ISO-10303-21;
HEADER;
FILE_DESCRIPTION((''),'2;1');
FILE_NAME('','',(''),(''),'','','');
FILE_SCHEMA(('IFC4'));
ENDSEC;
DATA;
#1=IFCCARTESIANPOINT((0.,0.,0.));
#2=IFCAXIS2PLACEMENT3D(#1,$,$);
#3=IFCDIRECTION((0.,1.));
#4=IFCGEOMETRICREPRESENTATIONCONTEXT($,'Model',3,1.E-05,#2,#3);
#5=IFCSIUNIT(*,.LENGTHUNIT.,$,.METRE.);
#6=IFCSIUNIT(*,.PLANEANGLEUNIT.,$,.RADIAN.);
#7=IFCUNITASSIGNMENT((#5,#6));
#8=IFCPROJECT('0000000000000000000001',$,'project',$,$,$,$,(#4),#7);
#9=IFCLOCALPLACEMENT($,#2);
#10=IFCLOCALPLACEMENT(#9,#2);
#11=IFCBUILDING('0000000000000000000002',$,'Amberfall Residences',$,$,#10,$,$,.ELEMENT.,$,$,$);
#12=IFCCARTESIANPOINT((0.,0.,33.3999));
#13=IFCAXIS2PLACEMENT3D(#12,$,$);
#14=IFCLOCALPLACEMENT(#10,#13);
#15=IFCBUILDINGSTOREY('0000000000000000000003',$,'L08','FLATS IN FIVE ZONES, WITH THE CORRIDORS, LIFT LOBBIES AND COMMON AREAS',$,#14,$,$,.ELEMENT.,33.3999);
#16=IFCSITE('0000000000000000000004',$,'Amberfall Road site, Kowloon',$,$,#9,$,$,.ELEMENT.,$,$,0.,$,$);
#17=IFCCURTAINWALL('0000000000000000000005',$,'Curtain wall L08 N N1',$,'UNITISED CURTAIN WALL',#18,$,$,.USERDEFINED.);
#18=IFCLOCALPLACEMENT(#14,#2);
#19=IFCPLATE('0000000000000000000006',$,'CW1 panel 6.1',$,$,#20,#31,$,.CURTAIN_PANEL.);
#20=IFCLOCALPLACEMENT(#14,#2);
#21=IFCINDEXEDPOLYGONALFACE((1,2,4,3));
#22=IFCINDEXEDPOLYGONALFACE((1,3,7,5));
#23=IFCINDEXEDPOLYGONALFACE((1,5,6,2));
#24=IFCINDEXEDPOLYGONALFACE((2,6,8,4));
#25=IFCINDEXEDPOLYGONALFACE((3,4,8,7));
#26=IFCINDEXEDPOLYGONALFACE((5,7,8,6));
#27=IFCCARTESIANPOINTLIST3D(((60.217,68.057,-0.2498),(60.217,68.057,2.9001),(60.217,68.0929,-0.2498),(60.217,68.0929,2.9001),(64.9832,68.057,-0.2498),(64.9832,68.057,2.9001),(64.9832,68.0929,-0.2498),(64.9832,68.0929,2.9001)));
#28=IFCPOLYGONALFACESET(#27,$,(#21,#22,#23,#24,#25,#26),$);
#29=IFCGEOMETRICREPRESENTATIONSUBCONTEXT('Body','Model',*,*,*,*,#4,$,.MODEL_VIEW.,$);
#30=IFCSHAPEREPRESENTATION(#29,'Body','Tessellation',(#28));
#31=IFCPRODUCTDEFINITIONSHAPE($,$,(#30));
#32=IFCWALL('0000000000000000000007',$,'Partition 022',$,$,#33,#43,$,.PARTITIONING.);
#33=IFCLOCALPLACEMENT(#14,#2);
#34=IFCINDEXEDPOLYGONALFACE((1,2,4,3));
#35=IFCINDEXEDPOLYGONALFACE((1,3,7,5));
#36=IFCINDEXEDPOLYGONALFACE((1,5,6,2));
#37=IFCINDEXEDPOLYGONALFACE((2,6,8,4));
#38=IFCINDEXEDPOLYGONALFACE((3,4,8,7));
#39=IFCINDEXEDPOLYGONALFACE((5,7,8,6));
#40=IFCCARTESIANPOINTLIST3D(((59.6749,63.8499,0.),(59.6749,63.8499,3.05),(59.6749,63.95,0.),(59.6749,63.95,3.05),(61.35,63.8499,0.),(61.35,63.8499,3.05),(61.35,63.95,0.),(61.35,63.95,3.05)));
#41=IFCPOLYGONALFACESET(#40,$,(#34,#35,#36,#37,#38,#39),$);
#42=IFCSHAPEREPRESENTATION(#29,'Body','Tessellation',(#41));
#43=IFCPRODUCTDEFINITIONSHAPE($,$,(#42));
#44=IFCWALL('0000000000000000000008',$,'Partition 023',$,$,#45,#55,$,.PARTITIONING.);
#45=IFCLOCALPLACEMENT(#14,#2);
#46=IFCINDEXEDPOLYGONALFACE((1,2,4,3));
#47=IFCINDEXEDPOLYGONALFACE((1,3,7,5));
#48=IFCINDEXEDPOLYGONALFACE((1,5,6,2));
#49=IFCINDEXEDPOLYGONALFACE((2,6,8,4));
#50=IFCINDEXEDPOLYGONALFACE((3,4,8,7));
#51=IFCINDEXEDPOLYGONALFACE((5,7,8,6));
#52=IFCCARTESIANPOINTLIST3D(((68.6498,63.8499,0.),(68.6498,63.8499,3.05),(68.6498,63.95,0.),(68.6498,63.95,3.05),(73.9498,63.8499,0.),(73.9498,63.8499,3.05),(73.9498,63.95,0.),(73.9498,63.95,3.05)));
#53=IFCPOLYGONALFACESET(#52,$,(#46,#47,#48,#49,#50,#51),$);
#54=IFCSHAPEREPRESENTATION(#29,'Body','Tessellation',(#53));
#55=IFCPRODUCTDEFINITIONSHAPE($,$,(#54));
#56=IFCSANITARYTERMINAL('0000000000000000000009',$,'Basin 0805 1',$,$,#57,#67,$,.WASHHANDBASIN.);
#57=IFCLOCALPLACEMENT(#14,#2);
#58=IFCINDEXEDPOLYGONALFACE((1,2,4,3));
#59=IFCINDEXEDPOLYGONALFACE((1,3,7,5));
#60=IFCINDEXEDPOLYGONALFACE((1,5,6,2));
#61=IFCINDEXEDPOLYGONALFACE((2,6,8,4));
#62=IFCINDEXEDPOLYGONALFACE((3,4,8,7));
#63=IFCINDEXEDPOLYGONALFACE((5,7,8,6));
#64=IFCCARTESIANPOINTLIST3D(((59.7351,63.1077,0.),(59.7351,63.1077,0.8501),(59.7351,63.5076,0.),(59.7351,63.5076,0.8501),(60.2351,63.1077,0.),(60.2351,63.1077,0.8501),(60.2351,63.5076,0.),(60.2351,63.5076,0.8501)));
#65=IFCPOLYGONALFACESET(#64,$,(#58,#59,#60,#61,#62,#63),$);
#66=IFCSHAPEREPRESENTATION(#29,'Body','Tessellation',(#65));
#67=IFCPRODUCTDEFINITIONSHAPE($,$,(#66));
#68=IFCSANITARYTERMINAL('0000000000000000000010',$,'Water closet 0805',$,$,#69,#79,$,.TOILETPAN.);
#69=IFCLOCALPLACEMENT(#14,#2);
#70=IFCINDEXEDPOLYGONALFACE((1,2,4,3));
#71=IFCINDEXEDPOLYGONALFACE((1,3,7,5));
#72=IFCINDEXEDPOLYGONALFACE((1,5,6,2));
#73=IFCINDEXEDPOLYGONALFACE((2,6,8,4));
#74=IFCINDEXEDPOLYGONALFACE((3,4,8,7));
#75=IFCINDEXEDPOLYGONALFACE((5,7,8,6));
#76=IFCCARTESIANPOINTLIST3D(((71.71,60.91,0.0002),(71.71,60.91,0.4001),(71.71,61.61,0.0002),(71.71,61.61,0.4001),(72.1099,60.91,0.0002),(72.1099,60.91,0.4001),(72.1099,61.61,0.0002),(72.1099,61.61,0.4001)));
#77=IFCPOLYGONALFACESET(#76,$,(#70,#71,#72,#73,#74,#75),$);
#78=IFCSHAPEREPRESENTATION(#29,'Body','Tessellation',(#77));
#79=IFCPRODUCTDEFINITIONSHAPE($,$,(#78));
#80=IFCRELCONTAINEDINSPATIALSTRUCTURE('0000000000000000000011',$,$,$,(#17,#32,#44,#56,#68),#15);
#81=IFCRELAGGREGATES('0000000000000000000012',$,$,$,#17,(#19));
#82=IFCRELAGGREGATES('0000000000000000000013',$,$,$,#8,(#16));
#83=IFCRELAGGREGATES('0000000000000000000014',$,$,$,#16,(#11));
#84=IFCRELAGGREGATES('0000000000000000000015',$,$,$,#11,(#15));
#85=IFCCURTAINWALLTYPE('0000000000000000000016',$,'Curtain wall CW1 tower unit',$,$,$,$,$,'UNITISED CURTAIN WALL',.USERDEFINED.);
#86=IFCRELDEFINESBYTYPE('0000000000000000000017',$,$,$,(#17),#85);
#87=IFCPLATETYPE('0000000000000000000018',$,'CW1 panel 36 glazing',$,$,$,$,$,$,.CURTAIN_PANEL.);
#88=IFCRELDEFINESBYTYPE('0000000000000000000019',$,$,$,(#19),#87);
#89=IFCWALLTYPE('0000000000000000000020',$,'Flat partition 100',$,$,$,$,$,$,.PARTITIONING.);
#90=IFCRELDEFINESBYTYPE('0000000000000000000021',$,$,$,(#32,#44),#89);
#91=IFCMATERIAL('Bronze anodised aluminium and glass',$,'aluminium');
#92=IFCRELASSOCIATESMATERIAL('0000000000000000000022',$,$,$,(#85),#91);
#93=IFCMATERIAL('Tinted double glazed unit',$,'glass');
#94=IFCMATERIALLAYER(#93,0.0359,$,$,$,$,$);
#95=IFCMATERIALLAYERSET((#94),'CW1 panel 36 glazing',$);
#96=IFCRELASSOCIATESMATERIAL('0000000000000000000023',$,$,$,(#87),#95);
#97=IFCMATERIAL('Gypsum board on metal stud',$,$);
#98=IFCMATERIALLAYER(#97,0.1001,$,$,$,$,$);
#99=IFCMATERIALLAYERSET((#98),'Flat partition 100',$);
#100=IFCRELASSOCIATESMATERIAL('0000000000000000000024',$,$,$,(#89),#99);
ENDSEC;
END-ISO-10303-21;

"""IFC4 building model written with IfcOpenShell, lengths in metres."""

from ifc_helpers import new_model, si_unit, direction, frame, frame_2d, origin, origin_2d, place, context, subcontext, project, spatial, rectangle, extrude, material, layer, layer_set, type_object, element, aggregate, save


model = new_model("IFC4")

# Units and contexts
model_context = context("Model", 3, precision=1e-05, world=origin(), true_north=direction((0.0, 1.0)))
body_context = subcontext(model_context, "Body", "Model", "MODEL_VIEW")
ifc_project = project(units=[si_unit("LENGTHUNIT", "METRE"), si_unit("PLANEANGLEUNIT", "RADIAN")], contexts=[model_context])

# Site, building, storey
site_placement = place(None, origin())
site = spatial("IfcSite", under=ifc_project, at=site_placement, Name="Amberfall Road site, Kowloon", CompositionType="ELEMENT", RefElevation=0.0)
building_placement = place(site_placement, origin())
building = spatial("IfcBuilding", under=site, at=building_placement, Name="Amberfall Residences", CompositionType="ELEMENT")
storey_placement = place(building_placement, frame((0.0, 0.0, 33.3999)))
storey = spatial("IfcBuildingStorey", under=building, at=storey_placement, Name="L08", Description="FLATS IN FIVE ZONES, WITH THE CORRIDORS, LIFT LOBBIES AND COMMON AREAS", CompositionType="ELEMENT", Elevation=33.3999)

# Curtain wall
ifc_material_1 = material(Name="Bronze anodised aluminium and glass", Category="aluminium")
curtain_wall_type = type_object("IfcCurtainWallType", Name="Curtain wall CW1 tower unit", ElementType="UNITISED CURTAIN WALL", PredefinedType="USERDEFINED", material=ifc_material_1)
curtain_wall_placement = place(storey_placement, origin())
curtain_wall = element("IfcCurtainWall", 1, at=curtain_wall_placement, inside=storey, type_object=curtain_wall_type, Name="Curtain wall L08 N N1", ObjectType="UNITISED CURTAIN WALL", PredefinedType="USERDEFINED")

# Plate
ifc_material_2 = material(Name="Tinted double glazed unit", Category="glass")
ifc_layer_1 = layer(ifc_material_2, 0.0359)
ifc_layer_set_1 = layer_set([ifc_layer_1], Name="CW1 panel 36 glazing")
plate_type = type_object("IfcPlateType", Name="CW1 panel 36 glazing", PredefinedType="CURTAIN_PANEL", material=ifc_layer_set_1)
plate_1_placement = place(storey_placement, frame((62.6001, 68.075, -0.2498), z_axis=(0.0, 0.0, 1.0), x_axis=(-1.0, 0.0, 0.0)))
plate_1 = element("IfcPlate", 2, at=plate_1_placement, type_object=plate_type, Name="CW1 panel 6.1", PredefinedType="CURTAIN_PANEL", context=body_context, shape_type="SweptSolid", body=[
    extrude(rectangle(XDim=4.7661, YDim=0.0359, at=origin_2d()), origin(), (0.0, 0.0, 1.0), 3.1499),
])
aggregate(curtain_wall, [plate_1])

# Walls
ifc_material_3 = material(Name="Gypsum board on metal stud")
ifc_layer_2 = layer(ifc_material_3, 0.1001)
ifc_layer_set_2 = layer_set([ifc_layer_2], Name="Flat partition 100")
wall_type = type_object("IfcWallType", Name="Flat partition 100", PredefinedType="PARTITIONING", material=ifc_layer_set_2)
wall_1_placement = place(storey_placement, frame((59.675, 63.8999, 0.0), z_axis=(0.0, 0.0, 1.0), x_axis=(1.0, 0.0, 0.0)))
element("IfcWall", 3, at=wall_1_placement, inside=storey, type_object=wall_type, Name="Partition 022", PredefinedType="PARTITIONING", context=body_context, shape_type="SweptSolid", body=[
    extrude(rectangle(XDim=1.675, YDim=0.1001, at=frame_2d((0.8374, 0.0))), origin(), (0.0, 0.0, 1.0), 3.05),
])
wall_2_placement = place(storey_placement, frame((68.6499, 63.8999, 0.0), z_axis=(0.0, 0.0, 1.0), x_axis=(1.0, 0.0, 0.0)))
element("IfcWall", 4, at=wall_2_placement, inside=storey, type_object=wall_type, Name="Partition 023", PredefinedType="PARTITIONING", context=body_context, shape_type="SweptSolid", body=[
    extrude(rectangle(XDim=5.3, YDim=0.1001, at=frame_2d((2.6499, 0.0))), origin(), (0.0, 0.0, 1.0), 3.05),
])

# Sanitary terminals
sanitary_terminal_1_placement = place(storey_placement, frame((59.9851, 63.3076, 0.0), z_axis=(0.0, 0.0, 1.0), x_axis=(1.0, 0.0, 0.0)))
element("IfcSanitaryTerminal", 5, at=sanitary_terminal_1_placement, inside=storey, Name="Basin 0805 1", PredefinedType="WASHHANDBASIN", context=body_context, shape_type="SweptSolid", body=[
    extrude(rectangle(XDim=0.5, YDim=0.3999, at=origin_2d()), origin(), (0.0, 0.0, 1.0), 0.8501),
])
sanitary_terminal_2_placement = place(storey_placement, frame((71.9099, 61.26, 0.0002), z_axis=(0.0, 0.0, 1.0), x_axis=(1.0, 0.0, 0.0)))
element("IfcSanitaryTerminal", 6, at=sanitary_terminal_2_placement, inside=storey, Name="Water closet 0805", PredefinedType="TOILETPAN", context=body_context, shape_type="SweptSolid", body=[
    extrude(rectangle(XDim=0.3999, YDim=0.7, at=origin_2d()), origin(), (0.0, 0.0, 1.0), 0.3999),
])

save(model, "model.ifc")
